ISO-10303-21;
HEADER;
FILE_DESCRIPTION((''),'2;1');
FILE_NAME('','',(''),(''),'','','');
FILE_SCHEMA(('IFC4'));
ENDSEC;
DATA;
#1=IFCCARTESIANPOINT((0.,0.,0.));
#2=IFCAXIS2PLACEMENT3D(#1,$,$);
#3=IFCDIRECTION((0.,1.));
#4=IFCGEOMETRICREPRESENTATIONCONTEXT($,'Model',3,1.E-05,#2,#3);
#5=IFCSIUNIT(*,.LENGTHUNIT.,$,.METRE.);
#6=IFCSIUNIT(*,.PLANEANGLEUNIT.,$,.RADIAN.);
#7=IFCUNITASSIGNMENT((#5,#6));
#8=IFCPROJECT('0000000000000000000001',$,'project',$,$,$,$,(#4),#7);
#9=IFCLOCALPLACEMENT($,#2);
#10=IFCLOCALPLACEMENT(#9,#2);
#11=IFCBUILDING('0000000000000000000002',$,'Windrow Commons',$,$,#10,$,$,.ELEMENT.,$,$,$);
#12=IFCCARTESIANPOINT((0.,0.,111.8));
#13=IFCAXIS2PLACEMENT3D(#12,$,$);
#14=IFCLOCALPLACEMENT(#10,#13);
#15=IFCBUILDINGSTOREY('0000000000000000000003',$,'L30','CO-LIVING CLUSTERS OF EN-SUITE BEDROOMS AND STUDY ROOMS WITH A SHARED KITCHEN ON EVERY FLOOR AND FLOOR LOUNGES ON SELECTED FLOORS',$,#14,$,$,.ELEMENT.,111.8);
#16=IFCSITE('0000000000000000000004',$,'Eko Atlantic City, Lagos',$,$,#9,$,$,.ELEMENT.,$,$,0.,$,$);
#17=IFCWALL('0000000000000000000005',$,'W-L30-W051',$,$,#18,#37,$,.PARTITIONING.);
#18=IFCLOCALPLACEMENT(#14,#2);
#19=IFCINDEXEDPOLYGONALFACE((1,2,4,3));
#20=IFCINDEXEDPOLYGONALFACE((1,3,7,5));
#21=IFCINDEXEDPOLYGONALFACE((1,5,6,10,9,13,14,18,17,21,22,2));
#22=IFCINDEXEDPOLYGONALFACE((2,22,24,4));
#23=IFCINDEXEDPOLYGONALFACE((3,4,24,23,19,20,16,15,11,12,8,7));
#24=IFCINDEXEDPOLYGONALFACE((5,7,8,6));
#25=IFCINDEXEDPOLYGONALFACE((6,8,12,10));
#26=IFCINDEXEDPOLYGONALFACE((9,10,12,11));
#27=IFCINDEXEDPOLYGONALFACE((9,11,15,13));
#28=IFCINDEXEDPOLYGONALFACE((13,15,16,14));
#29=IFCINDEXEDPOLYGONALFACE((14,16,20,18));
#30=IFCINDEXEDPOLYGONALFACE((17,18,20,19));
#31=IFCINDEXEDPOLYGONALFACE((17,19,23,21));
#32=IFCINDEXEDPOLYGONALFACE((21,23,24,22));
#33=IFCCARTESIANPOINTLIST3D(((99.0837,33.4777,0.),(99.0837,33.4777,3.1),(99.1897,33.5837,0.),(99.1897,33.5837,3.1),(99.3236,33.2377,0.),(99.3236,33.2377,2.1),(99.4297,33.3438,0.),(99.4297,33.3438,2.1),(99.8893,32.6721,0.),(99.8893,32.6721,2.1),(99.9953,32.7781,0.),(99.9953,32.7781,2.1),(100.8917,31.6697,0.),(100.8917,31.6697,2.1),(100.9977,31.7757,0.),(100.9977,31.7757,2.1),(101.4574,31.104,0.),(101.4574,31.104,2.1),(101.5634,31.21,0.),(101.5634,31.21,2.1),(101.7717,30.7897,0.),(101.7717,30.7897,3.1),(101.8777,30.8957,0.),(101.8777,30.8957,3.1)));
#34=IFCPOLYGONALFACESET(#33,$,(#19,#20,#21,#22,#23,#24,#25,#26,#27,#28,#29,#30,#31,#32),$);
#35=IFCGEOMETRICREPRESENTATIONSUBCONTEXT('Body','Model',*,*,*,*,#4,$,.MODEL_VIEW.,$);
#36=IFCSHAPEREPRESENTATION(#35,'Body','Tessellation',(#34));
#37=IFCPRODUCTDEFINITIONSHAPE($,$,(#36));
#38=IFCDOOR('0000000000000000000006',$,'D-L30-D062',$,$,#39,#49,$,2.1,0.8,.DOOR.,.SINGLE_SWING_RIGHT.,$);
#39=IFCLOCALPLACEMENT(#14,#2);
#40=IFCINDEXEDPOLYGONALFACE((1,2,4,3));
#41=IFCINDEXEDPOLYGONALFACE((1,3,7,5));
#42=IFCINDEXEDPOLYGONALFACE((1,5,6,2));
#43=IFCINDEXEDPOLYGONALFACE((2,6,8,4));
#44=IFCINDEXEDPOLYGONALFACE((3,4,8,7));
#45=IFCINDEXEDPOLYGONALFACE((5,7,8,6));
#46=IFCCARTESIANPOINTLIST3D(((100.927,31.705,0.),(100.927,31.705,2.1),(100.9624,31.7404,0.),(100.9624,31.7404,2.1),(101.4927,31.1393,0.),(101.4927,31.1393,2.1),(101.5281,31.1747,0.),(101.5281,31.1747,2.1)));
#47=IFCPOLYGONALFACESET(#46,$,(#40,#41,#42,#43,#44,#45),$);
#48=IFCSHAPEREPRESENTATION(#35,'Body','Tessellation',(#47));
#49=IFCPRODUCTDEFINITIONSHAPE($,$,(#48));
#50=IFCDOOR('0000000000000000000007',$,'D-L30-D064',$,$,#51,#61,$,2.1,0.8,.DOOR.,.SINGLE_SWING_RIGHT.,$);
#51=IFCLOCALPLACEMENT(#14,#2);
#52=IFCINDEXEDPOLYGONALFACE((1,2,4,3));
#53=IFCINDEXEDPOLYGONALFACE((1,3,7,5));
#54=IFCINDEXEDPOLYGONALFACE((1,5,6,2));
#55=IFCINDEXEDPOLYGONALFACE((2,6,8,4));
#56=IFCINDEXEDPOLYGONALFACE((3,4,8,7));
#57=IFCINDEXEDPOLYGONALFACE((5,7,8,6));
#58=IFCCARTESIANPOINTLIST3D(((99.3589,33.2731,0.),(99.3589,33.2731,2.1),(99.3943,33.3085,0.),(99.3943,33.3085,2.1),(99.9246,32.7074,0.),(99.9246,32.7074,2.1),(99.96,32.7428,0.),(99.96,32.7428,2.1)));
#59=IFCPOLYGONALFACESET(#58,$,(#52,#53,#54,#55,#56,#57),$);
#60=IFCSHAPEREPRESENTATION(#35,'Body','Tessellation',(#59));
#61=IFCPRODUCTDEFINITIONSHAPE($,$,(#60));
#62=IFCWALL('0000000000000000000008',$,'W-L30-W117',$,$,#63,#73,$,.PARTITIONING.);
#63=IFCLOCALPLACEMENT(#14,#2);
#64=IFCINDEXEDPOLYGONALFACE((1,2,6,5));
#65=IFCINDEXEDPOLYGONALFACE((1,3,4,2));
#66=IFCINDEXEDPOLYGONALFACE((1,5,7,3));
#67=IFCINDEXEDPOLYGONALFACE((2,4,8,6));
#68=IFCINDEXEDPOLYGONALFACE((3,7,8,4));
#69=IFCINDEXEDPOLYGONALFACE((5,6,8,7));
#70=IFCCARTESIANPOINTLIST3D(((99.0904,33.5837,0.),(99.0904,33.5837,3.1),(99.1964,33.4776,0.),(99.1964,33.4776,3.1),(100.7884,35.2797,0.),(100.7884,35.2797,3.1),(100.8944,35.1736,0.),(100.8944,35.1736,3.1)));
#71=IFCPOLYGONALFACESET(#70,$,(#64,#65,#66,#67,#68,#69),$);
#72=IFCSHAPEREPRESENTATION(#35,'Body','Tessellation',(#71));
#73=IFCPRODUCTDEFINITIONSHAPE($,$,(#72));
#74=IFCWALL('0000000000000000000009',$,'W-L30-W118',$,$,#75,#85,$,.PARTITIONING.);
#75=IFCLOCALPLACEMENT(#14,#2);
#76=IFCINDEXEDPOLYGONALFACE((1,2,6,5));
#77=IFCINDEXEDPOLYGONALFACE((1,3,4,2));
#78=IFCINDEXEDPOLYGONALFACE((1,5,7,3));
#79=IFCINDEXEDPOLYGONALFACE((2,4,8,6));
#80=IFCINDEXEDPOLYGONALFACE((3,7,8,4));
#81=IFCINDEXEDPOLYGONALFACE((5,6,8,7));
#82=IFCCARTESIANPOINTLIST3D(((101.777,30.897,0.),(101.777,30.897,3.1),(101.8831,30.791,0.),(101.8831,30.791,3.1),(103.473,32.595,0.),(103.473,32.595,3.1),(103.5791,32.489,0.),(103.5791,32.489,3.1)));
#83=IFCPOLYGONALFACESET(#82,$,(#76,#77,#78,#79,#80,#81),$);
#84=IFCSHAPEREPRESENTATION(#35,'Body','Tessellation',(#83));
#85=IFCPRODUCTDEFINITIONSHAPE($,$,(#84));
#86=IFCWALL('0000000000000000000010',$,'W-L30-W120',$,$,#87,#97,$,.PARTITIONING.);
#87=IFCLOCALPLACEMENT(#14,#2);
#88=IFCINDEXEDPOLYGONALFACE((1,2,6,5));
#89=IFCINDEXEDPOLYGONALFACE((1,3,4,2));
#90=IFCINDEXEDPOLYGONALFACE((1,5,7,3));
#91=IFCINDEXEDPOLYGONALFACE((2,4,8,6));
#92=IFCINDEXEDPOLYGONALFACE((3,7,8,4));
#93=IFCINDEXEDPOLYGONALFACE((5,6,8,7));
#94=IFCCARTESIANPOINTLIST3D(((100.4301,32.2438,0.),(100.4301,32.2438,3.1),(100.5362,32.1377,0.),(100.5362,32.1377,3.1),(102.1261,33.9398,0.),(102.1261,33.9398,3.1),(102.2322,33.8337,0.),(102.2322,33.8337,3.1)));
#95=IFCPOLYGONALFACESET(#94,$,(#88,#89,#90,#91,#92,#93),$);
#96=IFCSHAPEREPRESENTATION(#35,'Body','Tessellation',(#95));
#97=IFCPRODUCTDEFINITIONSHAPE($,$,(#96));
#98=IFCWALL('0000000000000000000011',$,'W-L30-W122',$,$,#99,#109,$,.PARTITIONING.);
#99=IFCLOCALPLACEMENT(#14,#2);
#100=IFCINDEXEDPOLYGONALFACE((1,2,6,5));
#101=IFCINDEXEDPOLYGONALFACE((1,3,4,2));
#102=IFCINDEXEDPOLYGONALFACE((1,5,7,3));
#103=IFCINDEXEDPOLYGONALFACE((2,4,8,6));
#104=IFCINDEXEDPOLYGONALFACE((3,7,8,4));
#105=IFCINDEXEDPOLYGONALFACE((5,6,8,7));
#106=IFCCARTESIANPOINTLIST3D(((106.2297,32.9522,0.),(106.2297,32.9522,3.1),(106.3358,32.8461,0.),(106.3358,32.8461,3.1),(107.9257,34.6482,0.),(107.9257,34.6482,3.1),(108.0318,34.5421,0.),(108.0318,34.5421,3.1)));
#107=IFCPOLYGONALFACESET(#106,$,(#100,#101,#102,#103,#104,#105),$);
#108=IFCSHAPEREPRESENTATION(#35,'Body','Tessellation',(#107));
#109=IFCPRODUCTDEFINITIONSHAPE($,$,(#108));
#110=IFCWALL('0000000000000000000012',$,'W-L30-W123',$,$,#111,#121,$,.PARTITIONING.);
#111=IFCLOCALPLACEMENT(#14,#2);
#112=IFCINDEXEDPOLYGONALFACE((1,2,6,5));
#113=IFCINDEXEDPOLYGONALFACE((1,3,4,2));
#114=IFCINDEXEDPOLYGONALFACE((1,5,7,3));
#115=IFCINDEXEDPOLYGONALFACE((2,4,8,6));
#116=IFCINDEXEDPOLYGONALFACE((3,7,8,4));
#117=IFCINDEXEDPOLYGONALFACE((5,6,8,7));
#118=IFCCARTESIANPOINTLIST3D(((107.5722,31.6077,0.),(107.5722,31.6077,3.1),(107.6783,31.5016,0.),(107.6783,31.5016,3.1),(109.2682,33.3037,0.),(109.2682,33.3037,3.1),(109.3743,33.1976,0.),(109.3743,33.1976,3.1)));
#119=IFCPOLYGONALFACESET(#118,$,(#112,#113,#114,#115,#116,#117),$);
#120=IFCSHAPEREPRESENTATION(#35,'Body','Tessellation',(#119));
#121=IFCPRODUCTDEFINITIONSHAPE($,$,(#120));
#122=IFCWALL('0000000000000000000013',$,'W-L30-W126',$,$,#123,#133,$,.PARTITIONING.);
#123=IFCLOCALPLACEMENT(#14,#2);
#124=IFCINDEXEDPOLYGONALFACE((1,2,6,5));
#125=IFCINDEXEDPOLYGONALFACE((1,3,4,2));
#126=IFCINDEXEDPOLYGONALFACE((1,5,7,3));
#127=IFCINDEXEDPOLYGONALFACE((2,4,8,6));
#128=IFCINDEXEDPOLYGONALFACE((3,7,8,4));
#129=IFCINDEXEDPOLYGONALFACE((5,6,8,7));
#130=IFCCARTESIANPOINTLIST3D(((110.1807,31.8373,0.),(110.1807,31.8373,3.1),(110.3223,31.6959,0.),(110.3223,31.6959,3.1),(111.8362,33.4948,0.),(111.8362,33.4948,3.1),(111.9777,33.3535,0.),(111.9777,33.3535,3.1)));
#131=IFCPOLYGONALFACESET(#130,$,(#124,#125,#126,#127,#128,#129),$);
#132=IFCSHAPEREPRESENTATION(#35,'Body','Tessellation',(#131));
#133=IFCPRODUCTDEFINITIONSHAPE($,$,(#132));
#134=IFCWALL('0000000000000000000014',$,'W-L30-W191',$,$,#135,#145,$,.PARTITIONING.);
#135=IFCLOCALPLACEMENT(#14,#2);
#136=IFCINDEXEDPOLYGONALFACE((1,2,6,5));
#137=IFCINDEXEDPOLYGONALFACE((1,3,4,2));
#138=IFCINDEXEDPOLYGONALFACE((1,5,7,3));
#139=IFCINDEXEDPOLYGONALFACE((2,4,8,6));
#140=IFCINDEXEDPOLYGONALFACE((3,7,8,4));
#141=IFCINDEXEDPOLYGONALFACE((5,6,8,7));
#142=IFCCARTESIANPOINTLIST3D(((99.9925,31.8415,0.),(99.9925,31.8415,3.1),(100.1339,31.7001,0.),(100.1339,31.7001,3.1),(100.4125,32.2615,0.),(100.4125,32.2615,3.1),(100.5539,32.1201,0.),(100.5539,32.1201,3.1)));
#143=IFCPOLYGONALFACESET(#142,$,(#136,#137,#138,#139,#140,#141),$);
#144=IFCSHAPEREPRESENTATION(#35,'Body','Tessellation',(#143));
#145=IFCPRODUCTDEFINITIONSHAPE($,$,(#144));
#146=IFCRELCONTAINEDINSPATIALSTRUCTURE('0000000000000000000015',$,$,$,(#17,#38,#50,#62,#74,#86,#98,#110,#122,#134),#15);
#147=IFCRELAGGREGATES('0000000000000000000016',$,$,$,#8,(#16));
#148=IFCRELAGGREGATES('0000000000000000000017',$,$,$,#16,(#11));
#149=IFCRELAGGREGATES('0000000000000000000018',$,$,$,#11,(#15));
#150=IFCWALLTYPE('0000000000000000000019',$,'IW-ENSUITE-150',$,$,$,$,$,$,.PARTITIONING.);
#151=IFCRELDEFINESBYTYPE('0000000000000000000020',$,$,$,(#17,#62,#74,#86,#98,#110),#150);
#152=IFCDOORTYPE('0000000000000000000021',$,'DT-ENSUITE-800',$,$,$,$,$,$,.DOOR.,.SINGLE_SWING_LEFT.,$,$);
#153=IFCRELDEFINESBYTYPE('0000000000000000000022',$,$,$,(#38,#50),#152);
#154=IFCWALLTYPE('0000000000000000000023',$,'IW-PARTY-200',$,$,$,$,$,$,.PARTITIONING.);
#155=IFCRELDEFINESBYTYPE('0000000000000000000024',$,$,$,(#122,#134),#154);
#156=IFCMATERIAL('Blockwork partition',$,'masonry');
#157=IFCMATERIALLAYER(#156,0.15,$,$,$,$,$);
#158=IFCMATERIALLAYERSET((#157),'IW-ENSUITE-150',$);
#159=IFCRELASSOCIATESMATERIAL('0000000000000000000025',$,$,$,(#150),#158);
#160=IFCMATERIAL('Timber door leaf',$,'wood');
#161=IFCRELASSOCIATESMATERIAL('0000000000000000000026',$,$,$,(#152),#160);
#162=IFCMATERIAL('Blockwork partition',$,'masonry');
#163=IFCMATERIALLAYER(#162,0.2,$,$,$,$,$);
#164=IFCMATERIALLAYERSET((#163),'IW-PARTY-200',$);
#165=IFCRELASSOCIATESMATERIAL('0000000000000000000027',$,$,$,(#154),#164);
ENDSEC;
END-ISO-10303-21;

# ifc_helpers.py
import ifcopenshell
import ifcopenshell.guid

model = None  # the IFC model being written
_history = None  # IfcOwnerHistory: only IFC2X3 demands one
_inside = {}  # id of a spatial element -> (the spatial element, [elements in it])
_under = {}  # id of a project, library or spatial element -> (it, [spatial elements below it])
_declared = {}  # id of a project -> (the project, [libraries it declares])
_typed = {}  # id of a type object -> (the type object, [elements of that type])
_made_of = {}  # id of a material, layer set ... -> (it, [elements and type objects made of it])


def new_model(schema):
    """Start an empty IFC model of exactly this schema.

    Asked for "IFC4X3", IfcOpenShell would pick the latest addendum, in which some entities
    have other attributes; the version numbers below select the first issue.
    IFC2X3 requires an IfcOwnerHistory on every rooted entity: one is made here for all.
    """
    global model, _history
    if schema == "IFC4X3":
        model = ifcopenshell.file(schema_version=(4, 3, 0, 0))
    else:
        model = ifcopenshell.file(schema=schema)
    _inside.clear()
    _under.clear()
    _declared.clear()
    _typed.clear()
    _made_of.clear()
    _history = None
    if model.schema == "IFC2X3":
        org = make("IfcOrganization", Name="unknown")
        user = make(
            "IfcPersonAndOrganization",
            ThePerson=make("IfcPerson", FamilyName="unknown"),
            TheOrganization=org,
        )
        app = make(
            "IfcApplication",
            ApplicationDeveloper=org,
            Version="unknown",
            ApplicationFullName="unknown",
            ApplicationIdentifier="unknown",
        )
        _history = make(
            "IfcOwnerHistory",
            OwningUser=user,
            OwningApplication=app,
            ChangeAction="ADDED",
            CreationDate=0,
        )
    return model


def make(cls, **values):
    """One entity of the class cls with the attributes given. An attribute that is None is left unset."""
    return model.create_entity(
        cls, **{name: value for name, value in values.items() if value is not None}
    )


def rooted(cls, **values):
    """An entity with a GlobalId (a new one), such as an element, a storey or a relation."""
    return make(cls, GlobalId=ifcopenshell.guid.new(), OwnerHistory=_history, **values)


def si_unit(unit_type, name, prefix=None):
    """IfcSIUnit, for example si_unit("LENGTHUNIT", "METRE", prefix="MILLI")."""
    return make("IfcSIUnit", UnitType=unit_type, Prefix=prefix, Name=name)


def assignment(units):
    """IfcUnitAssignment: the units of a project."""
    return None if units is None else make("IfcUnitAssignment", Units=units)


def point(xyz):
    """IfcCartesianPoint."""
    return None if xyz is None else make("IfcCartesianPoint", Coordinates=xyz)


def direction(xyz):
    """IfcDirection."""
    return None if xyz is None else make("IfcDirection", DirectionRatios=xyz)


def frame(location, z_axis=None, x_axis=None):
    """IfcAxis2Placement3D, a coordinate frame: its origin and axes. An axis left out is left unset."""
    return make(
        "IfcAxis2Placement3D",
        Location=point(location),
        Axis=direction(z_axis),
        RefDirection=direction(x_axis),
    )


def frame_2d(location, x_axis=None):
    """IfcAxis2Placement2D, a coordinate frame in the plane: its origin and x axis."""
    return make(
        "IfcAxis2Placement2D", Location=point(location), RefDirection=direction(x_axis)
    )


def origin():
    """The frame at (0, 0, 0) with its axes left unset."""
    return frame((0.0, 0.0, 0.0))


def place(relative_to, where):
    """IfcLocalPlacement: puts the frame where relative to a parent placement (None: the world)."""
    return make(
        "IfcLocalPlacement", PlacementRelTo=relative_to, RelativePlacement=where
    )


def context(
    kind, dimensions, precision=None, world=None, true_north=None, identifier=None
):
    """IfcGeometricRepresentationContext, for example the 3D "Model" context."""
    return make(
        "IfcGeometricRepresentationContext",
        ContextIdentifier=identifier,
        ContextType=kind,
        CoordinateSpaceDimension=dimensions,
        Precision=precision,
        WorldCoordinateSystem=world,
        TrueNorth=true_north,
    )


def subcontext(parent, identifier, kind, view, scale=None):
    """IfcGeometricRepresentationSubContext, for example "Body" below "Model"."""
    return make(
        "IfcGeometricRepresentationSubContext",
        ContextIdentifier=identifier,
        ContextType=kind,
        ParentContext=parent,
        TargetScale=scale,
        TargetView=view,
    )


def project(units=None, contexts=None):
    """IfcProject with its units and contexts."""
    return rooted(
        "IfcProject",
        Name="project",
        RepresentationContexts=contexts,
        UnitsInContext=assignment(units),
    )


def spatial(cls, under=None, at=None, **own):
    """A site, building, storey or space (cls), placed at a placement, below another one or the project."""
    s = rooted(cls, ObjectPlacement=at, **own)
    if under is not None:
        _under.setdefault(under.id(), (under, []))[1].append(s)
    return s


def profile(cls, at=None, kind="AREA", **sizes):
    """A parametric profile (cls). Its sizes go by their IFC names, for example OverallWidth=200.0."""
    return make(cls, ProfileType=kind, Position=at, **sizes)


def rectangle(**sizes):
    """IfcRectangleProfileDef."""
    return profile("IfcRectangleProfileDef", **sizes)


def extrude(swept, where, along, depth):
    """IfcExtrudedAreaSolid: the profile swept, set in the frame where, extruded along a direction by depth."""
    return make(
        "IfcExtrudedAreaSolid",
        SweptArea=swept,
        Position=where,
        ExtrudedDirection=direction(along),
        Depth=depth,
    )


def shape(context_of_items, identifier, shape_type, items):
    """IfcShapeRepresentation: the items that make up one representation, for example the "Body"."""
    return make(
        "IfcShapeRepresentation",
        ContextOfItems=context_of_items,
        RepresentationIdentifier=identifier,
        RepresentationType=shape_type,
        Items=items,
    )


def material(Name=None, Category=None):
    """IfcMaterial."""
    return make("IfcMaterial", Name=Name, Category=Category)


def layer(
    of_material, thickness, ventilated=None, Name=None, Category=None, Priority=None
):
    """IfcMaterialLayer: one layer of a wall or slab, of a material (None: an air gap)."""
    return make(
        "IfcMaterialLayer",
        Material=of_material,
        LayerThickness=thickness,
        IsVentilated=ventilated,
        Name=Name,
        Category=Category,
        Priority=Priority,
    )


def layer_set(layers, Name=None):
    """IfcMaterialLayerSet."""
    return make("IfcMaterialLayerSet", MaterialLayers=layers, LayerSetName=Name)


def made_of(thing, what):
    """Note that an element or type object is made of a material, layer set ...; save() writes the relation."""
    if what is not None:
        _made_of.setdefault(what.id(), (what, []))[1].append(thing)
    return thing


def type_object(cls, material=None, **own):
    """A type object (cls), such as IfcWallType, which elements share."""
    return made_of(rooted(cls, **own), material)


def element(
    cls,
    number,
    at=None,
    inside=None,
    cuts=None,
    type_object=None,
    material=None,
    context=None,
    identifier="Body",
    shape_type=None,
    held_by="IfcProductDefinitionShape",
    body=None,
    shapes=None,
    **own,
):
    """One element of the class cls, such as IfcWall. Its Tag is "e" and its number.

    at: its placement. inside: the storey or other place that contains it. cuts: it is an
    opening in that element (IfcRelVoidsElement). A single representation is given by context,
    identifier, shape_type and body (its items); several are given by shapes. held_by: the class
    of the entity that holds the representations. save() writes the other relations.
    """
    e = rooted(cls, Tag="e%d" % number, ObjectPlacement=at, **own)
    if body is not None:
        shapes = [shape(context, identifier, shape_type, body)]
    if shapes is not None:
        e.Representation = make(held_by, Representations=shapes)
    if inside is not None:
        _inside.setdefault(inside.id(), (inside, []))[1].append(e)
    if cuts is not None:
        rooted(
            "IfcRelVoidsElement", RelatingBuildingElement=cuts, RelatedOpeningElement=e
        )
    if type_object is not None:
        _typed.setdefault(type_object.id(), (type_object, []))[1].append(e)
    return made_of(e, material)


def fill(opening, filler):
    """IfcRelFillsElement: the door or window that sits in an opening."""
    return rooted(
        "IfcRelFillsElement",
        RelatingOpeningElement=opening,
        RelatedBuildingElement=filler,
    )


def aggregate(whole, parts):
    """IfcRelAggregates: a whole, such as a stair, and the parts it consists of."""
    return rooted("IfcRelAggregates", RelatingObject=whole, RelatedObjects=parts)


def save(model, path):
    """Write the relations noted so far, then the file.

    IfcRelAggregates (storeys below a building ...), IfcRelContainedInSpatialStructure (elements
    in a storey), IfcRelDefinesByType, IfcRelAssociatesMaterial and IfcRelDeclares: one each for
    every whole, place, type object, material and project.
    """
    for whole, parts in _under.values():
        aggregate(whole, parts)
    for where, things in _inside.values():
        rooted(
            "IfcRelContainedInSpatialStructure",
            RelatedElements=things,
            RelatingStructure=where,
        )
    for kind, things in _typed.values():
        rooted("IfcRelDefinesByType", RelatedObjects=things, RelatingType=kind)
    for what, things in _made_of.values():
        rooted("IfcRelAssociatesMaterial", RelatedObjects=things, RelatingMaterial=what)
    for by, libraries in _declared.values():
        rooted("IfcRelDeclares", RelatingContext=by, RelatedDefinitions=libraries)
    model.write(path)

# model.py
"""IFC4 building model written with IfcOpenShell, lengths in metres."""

from ifc_helpers import new_model, si_unit, direction, frame, frame_2d, origin, place, context, subcontext, project, spatial, rectangle, extrude, material, layer, layer_set, type_object, element, fill, save


model = new_model("IFC4")

# Units and contexts
model_context = context("Model", 3, precision=1e-05, world=origin(), true_north=direction((0.0, 1.0)))
body_context = subcontext(model_context, "Body", "Model", "MODEL_VIEW")
ifc_project = project(units=[si_unit("LENGTHUNIT", "METRE"), si_unit("PLANEANGLEUNIT", "RADIAN")], contexts=[model_context])

# Site, building, storey
site_placement = place(None, origin())
site = spatial("IfcSite", under=ifc_project, at=site_placement, Name="Eko Atlantic City, Lagos", CompositionType="ELEMENT", RefElevation=0.0)
building_placement = place(site_placement, origin())
building = spatial("IfcBuilding", under=site, at=building_placement, Name="Windrow Commons", CompositionType="ELEMENT")
storey_placement = place(building_placement, frame((0.0, 0.0, 111.8)))
storey = spatial("IfcBuildingStorey", under=building, at=storey_placement, Name="L30", Description="CO-LIVING CLUSTERS OF EN-SUITE BEDROOMS AND STUDY ROOMS WITH A SHARED KITCHEN ON EVERY FLOOR AND FLOOR LOUNGES ON SELECTED FLOORS", CompositionType="ELEMENT", Elevation=111.8)

# Wall, openings, doors
ifc_material_1 = material(Name="Blockwork partition", Category="masonry")
ifc_layer_1 = layer(ifc_material_1, 0.15)
ifc_layer_set_1 = layer_set([ifc_layer_1], Name="IW-ENSUITE-150")
wall_type_1 = type_object("IfcWallType", Name="IW-ENSUITE-150", PredefinedType="PARTITIONING", material=ifc_layer_set_1)
wall_1_placement = place(storey_placement, frame((99.1367, 33.5307, 0.0), z_axis=(0.0, 0.0, 1.0), x_axis=(0.707107, -0.707107, 0.0)))
wall_1 = element("IfcWall", 1, at=wall_1_placement, inside=storey, type_object=wall_type_1, Name="W-L30-W051", PredefinedType="PARTITIONING", context=body_context, shape_type="SweptSolid", body=[
    extrude(rectangle(XDim=3.8014, YDim=0.15, at=frame_2d((1.9007, 0.0))), origin(), (0.0, 0.0, 1.0), 3.1),
])
opening_1_placement = place(wall_1_placement, frame((2.5569, 0.0, 0.0)))
opening_1 = element("IfcOpeningElement", 2, at=opening_1_placement, cuts=wall_1, PredefinedType="OPENING", context=body_context, shape_type="SweptSolid", body=[
    extrude(rectangle(XDim=0.8, YDim=2.1, at=frame_2d((0.4, 1.05))), frame((0.0, 0.085, 0.0), z_axis=(0.0, -1.0, 0.0), x_axis=(1.0, 0.0, 0.0)), (0.0, 0.0, 1.0), 0.17),
])
opening_2_placement = place(wall_1_placement, frame((0.3393, 0.0, 0.0)))
opening_2 = element("IfcOpeningElement", 3, at=opening_2_placement, cuts=wall_1, PredefinedType="OPENING", context=body_context, shape_type="SweptSolid", body=[
    extrude(rectangle(XDim=0.8, YDim=2.1, at=frame_2d((0.4, 1.05))), frame((0.0, 0.085, 0.0), z_axis=(0.0, -1.0, 0.0), x_axis=(1.0, 0.0, 0.0)), (0.0, 0.0, 1.0), 0.17),
])
ifc_material_2 = material(Name="Timber door leaf", Category="wood")
door_type_1 = type_object("IfcDoorType", Name="DT-ENSUITE-800", OperationType="SINGLE_SWING_LEFT", PredefinedType="DOOR", material=ifc_material_2)
door_1_placement = place(opening_1_placement, origin())
door_1 = element("IfcDoor", 4, at=door_1_placement, inside=storey, type_object=door_type_1, Name="D-L30-D062", OperationType="SINGLE_SWING_RIGHT", OverallHeight=2.1, OverallWidth=0.8, PredefinedType="DOOR", context=body_context, shape_type="SweptSolid", body=[
    extrude(rectangle(XDim=0.8, YDim=2.1, at=frame_2d((0.4, 1.05))), frame((0.0, 0.025, 0.0), z_axis=(0.0, -1.0, 0.0), x_axis=(1.0, 0.0, 0.0)), (0.0, 0.0, 1.0), 0.05),
])
fill(opening_1, door_1)
door_2_placement = place(opening_2_placement, origin())
door_2 = element("IfcDoor", 5, at=door_2_placement, inside=storey, type_object=door_type_1, Name="D-L30-D064", OperationType="SINGLE_SWING_RIGHT", OverallHeight=2.1, OverallWidth=0.8, PredefinedType="DOOR", context=body_context, shape_type="SweptSolid", body=[
    extrude(rectangle(XDim=0.8, YDim=2.1, at=frame_2d((0.4, 1.05))), frame((0.0, 0.025, 0.0), z_axis=(0.0, -1.0, 0.0), x_axis=(1.0, 0.0, 0.0)), (0.0, 0.0, 1.0), 0.05),
])
fill(opening_2, door_2)

# Walls
for number, where, z_axis, x_axis, name in (
    (6, (99.1434, 33.5306, 0.0), (0.0, 0.0, 1.0), (0.707523, 0.70669, 0.0), "W-L30-W117"),
    (7, (101.83, 30.844, 0.0), (0.0, 0.0, 1.0), (0.70669, 0.707523, 0.0), "W-L30-W118"),
):
    element("IfcWall", number, at=place(storey_placement, frame(where, z_axis=z_axis, x_axis=x_axis)), inside=storey, type_object=wall_type_1, Name=name, PredefinedType="PARTITIONING", context=body_context, shape_type="SweptSolid", body=[
        extrude(rectangle(XDim=2.3999, YDim=0.15, at=frame_2d((1.2, 0.0))), origin(), (0.0, 0.0, 1.0), 3.1),
    ])
for number, where, z_axis, x_axis, name in (
    (8, (100.4832, 32.1908, 0.0), (0.0, 0.0, 1.0), (0.707107, 0.707107, 0.0), "W-L30-W120"),
    (9, (106.2828, 32.8992, 0.0), (0.0, 0.0, 1.0), (0.707107, 0.707107, 0.0), "W-L30-W122"),
    (10, (107.6253, 31.5547, 0.0), (0.0, 0.0, 1.0), (0.707107, 0.707107, 0.0), "W-L30-W123"),
):
    element("IfcWall", number, at=place(storey_placement, frame(where, z_axis=z_axis, x_axis=x_axis)), inside=storey, type_object=wall_type_1, Name=name, PredefinedType="PARTITIONING", context=body_context, shape_type="SweptSolid", body=[
        extrude(rectangle(XDim=2.3985, YDim=0.15, at=frame_2d((1.1992, 0.0))), origin(), (0.0, 0.0, 1.0), 3.1),
    ])
ifc_material_3 = material(Name="Blockwork partition", Category="masonry")
ifc_layer_2 = layer(ifc_material_3, 0.2)
ifc_layer_set_2 = layer_set([ifc_layer_2], Name="IW-PARTY-200")
wall_type_2 = type_object("IfcWallType", Name="IW-PARTY-200", PredefinedType="PARTITIONING", material=ifc_layer_set_2)
wall_2_placement = place(storey_placement, frame((110.2515, 31.7666, 0.0), z_axis=(0.0, 0.0, 1.0), x_axis=(0.706658, 0.707555, 0.0)))
element("IfcWall", 11, at=wall_2_placement, inside=storey, type_object=wall_type_2, Name="W-L30-W126", PredefinedType="PARTITIONING", context=body_context, shape_type="SweptSolid", body=[
    extrude(rectangle(XDim=2.3426, YDim=0.2, at=frame_2d((1.1713, 0.0))), origin(), (0.0, 0.0, 1.0), 3.1),
])
wall_3_placement = place(storey_placement, frame((100.0632, 31.7708, 0.0), z_axis=(0.0, 0.0, 1.0), x_axis=(0.707107, 0.707107, 0.0)))
element("IfcWall", 12, at=wall_3_placement, inside=storey, type_object=wall_type_2, Name="W-L30-W191", PredefinedType="PARTITIONING", context=body_context, shape_type="SweptSolid", body=[
    extrude(rectangle(XDim=0.594, YDim=0.2, at=frame_2d((0.297, 0.0))), origin(), (0.0, 0.0, 1.0), 3.1),
])

save(model, "model.ifc")
